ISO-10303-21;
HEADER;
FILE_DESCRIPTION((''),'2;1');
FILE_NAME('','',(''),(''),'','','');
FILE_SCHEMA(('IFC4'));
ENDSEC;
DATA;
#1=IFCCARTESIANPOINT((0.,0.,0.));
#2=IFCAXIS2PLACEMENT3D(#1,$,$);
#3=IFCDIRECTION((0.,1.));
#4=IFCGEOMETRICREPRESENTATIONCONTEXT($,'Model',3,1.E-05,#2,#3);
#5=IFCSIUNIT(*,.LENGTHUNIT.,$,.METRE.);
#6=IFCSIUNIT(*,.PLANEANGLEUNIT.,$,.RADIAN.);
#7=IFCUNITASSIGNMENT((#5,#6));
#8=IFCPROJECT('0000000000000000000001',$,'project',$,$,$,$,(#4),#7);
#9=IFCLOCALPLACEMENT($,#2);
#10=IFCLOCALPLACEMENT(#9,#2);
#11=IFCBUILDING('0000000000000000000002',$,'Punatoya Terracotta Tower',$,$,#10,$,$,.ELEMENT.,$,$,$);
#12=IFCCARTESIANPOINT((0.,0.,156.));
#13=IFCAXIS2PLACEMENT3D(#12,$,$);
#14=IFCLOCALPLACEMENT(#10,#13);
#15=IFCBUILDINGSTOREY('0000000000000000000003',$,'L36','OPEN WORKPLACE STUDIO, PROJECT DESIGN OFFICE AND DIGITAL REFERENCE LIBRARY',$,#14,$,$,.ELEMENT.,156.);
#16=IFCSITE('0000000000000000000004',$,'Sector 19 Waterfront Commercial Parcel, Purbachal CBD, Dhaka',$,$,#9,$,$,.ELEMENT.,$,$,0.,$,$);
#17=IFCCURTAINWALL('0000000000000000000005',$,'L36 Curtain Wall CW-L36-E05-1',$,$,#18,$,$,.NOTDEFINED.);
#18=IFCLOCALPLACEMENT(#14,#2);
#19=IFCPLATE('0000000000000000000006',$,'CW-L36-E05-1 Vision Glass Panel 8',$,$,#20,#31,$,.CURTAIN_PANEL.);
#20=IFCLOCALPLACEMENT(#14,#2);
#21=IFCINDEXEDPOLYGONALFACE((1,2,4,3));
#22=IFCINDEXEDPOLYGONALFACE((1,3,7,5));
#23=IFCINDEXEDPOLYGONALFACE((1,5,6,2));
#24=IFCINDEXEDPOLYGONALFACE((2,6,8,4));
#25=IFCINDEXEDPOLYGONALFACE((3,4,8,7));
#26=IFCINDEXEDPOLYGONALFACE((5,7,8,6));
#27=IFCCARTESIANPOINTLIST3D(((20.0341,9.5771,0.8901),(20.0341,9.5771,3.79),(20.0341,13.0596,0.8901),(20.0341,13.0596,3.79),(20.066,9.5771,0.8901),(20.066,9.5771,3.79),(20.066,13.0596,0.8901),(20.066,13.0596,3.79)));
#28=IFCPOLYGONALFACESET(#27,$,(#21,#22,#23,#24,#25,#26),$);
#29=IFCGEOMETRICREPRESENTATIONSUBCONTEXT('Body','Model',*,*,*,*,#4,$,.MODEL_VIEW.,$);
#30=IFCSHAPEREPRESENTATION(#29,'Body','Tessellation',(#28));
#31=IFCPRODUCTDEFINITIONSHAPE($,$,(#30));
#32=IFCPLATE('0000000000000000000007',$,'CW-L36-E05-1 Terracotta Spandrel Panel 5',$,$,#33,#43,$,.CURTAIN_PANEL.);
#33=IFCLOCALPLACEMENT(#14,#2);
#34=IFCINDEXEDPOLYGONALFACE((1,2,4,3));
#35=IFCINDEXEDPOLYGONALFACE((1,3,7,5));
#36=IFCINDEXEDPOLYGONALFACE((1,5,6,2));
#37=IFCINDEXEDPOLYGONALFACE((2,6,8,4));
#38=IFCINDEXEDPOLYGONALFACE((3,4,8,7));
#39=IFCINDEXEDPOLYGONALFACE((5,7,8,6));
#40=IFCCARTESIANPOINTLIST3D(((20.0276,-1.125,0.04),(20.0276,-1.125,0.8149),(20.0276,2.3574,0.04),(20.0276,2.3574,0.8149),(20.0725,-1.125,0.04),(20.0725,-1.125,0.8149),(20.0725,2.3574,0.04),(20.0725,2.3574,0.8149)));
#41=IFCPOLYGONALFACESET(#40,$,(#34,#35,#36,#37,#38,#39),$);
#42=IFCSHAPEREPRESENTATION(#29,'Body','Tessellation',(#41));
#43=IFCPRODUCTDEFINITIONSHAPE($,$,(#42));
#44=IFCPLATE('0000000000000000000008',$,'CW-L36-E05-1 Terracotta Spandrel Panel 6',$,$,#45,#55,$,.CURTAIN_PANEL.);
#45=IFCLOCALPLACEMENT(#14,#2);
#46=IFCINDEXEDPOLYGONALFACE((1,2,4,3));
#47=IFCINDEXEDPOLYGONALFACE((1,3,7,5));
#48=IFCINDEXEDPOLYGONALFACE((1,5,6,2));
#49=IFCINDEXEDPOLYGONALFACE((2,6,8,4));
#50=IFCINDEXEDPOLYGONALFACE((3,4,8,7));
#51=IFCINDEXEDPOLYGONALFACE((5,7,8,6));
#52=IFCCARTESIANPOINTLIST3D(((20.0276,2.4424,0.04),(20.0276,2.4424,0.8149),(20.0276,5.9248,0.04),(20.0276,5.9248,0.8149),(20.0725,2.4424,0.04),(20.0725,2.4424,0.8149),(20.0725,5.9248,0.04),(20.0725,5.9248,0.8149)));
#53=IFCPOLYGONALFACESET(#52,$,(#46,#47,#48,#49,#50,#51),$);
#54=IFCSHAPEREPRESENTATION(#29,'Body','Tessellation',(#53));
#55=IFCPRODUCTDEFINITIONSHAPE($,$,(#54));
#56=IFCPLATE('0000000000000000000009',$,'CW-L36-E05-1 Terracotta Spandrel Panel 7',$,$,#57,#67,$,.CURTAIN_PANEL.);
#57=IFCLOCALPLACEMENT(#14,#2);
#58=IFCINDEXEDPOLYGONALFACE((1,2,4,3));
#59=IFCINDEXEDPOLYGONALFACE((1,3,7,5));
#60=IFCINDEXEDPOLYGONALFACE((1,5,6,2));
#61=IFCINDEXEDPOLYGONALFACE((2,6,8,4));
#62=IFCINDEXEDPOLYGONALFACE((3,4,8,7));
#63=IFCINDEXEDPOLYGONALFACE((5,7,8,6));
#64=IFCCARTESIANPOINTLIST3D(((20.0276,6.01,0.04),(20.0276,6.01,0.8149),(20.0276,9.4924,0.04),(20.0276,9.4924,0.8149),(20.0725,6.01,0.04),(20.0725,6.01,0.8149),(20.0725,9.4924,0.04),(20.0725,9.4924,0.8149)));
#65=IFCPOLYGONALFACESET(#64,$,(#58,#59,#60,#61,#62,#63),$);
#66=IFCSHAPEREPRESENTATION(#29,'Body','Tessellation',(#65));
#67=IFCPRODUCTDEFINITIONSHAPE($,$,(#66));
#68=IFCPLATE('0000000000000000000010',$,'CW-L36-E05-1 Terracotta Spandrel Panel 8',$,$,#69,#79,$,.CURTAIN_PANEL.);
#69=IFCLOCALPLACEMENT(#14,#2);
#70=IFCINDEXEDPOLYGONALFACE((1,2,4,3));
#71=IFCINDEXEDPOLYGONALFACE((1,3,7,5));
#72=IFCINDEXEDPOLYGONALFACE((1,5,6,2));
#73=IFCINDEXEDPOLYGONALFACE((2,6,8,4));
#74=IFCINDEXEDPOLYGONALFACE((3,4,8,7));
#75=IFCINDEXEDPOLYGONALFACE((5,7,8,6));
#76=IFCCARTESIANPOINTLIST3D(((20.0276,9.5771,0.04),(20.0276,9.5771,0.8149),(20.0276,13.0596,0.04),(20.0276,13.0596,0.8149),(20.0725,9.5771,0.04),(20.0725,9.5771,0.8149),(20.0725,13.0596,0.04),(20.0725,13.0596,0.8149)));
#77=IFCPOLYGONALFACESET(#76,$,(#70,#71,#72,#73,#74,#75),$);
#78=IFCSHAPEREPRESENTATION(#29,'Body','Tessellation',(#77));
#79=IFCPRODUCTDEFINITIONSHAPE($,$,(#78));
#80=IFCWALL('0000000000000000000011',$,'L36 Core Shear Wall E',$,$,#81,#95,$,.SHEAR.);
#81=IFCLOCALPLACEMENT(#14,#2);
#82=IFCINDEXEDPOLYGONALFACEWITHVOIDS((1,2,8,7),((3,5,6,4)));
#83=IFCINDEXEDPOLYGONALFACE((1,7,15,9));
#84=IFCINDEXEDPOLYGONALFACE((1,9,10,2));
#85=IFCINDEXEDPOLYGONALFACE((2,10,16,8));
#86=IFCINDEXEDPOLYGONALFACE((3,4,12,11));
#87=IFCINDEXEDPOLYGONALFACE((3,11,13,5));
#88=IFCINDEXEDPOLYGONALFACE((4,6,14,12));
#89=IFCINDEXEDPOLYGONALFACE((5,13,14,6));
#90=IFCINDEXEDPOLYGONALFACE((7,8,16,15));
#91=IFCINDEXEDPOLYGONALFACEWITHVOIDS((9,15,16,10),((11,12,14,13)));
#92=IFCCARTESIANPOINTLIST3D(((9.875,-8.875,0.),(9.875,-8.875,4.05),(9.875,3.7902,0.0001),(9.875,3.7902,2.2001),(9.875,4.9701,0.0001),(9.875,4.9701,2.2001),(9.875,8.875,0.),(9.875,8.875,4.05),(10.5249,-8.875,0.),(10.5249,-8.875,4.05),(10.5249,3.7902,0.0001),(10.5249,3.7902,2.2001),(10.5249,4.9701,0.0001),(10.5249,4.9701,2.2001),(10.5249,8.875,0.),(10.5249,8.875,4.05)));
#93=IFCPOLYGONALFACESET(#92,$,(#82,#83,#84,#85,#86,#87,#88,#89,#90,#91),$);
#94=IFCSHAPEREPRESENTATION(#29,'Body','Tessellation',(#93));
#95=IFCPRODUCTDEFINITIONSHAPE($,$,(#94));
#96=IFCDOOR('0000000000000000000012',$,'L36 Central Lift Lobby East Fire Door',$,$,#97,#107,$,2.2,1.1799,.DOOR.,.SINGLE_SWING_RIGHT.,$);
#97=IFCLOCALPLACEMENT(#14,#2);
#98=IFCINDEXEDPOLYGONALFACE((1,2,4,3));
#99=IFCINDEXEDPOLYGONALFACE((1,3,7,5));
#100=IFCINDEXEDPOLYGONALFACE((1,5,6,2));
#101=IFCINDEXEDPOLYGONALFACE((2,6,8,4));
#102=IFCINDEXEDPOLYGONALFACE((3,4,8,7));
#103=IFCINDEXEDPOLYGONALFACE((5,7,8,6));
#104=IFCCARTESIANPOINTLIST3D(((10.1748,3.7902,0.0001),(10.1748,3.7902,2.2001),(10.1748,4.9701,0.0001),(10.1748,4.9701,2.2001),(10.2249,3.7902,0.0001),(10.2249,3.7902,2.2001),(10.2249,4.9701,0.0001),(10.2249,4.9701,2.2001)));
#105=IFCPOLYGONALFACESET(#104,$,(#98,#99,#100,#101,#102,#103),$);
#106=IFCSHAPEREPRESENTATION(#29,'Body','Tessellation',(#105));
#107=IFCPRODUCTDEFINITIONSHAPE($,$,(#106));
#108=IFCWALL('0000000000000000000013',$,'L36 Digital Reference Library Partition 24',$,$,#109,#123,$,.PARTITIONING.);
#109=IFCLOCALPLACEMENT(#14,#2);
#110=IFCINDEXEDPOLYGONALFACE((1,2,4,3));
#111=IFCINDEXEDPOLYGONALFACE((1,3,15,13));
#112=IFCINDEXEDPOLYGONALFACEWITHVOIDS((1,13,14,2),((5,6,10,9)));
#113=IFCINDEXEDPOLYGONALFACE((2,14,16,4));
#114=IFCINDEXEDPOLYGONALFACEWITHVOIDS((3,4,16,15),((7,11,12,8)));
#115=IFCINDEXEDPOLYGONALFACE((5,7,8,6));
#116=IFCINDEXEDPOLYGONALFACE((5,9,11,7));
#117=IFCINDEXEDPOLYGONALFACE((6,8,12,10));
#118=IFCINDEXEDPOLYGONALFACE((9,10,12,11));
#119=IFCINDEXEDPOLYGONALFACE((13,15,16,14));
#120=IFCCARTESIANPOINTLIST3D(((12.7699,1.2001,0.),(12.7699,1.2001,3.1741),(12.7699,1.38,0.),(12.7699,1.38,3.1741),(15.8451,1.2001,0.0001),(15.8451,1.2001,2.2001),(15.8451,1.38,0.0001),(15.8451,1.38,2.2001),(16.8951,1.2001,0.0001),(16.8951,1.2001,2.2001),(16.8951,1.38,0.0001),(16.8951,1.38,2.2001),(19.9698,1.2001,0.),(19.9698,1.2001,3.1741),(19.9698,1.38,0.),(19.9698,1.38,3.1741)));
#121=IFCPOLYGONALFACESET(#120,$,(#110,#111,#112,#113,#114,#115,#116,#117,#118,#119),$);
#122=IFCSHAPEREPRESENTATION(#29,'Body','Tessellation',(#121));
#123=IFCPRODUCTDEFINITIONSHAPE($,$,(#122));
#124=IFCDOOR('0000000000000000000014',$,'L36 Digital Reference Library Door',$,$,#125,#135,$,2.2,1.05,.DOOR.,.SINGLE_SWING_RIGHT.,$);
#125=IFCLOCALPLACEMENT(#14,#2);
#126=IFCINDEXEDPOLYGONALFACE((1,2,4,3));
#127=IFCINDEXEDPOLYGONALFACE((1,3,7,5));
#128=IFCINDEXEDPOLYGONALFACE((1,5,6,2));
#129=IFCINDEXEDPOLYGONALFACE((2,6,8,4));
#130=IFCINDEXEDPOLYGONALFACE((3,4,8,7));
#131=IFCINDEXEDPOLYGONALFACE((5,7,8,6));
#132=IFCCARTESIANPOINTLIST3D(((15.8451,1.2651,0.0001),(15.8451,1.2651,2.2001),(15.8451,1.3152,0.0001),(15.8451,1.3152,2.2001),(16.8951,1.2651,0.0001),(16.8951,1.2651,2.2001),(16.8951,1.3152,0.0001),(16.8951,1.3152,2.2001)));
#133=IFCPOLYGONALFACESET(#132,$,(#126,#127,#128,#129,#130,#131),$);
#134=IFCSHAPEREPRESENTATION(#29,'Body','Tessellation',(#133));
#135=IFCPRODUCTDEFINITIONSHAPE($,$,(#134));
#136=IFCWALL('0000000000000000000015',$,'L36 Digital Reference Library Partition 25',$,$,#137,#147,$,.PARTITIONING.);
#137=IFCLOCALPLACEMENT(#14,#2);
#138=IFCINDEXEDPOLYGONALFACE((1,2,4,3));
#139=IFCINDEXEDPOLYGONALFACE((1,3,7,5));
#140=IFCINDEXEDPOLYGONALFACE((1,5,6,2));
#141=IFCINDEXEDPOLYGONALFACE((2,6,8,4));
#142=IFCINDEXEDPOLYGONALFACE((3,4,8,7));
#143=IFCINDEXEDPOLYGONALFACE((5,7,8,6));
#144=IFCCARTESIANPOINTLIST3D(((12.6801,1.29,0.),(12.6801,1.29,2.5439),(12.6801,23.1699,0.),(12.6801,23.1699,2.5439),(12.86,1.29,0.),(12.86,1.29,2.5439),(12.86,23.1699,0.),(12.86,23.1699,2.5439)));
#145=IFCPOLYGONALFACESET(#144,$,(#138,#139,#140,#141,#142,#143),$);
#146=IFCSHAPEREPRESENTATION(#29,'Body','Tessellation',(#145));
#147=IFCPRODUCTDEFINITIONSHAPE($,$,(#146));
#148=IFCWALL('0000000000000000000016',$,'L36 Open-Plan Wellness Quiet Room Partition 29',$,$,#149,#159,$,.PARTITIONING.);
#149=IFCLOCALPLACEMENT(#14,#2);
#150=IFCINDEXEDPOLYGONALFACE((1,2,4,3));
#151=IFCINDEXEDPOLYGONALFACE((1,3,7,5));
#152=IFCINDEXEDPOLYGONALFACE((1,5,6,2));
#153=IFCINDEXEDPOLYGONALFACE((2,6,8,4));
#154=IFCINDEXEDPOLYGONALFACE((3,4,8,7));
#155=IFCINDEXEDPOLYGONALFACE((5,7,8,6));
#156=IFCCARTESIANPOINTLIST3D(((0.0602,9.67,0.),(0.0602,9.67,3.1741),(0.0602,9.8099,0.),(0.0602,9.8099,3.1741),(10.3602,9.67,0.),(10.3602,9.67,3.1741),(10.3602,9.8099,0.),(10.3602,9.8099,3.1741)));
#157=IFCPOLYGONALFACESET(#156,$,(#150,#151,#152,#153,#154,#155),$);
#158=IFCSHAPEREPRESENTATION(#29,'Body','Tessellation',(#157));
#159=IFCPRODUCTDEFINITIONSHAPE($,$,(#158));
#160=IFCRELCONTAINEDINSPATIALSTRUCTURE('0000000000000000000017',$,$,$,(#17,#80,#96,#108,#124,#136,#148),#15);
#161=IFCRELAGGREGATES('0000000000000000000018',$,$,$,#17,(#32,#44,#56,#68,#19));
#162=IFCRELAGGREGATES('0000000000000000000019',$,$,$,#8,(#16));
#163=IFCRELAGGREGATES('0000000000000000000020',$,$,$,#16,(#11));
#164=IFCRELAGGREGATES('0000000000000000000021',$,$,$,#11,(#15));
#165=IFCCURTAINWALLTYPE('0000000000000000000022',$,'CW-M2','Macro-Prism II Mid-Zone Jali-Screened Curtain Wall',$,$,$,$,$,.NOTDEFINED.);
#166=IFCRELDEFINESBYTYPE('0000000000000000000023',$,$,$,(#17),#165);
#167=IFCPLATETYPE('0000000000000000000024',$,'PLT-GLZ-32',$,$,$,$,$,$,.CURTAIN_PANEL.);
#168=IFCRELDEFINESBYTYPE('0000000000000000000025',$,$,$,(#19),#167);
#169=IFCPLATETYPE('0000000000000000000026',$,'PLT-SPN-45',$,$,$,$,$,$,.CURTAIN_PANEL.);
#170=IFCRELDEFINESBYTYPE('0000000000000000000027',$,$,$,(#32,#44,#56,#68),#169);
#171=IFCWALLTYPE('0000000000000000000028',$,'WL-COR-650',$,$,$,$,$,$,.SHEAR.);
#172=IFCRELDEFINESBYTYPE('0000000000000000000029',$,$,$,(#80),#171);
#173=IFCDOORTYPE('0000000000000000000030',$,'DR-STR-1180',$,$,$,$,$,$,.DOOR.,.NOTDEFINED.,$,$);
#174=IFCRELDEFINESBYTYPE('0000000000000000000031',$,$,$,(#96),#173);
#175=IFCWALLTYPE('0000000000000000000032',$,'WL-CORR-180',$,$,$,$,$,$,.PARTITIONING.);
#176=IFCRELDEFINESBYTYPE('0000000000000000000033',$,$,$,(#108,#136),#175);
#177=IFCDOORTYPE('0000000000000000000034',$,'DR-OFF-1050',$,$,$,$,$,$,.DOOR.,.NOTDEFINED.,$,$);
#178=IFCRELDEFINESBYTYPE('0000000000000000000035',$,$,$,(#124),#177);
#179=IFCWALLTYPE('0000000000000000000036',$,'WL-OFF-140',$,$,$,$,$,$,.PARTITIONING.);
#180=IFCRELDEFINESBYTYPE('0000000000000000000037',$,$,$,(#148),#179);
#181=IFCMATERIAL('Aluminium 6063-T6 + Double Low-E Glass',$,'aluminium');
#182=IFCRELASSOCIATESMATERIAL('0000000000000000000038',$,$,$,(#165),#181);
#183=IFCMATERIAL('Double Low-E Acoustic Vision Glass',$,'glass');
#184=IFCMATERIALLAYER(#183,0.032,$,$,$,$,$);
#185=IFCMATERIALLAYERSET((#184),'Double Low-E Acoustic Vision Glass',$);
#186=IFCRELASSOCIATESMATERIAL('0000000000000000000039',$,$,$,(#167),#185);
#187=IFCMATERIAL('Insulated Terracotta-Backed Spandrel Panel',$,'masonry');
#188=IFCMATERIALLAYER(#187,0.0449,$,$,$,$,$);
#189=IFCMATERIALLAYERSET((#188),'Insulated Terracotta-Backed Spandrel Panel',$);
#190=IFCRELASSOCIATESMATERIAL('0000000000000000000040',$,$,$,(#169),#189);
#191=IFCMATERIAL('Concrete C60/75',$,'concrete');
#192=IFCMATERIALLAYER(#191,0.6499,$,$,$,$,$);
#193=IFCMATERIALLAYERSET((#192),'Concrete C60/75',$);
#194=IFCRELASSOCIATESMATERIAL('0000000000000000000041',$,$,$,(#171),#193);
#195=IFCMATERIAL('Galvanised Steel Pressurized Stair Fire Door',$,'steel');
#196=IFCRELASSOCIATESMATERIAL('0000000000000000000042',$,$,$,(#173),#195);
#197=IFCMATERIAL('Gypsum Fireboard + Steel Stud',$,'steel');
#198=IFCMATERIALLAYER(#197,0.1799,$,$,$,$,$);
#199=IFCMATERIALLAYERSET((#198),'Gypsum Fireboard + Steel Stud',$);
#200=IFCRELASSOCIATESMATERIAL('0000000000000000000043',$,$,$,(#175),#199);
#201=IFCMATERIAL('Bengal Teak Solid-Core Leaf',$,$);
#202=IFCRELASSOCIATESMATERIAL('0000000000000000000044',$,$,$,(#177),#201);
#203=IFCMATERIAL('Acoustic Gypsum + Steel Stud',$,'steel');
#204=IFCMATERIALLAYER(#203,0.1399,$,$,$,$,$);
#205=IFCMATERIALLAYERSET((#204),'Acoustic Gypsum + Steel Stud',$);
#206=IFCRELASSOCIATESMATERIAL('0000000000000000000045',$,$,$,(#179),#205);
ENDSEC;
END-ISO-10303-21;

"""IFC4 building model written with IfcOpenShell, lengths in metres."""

from ifc_helpers import new_model, si_unit, direction, frame, frame_2d, origin, origin_2d, place, context, subcontext, project, spatial, rectangle, extrude, material, layer, layer_set, type_object, element, fill, aggregate, save


model = new_model("IFC4")

# Units and contexts
model_context = context("Model", 3, precision=1e-05, world=origin(), true_north=direction((0.0, 1.0)))
body_context = subcontext(model_context, "Body", "Model", "MODEL_VIEW")
ifc_project = project(units=[si_unit("LENGTHUNIT", "METRE"), si_unit("PLANEANGLEUNIT", "RADIAN")], contexts=[model_context])

# Site, building, storey
site_placement = place(None, origin())
site = spatial("IfcSite", under=ifc_project, at=site_placement, Name="Sector 19 Waterfront Commercial Parcel, Purbachal CBD, Dhaka", CompositionType="ELEMENT", RefElevation=0.0)
building_placement = place(site_placement, origin())
building = spatial("IfcBuilding", under=site, at=building_placement, Name="Punatoya Terracotta Tower", CompositionType="ELEMENT")
storey_placement = place(building_placement, frame((0.0, 0.0, 156.0)))
storey = spatial("IfcBuildingStorey", under=building, at=storey_placement, Name="L36", Description="OPEN WORKPLACE STUDIO, PROJECT DESIGN OFFICE AND DIGITAL REFERENCE LIBRARY", CompositionType="ELEMENT", Elevation=156.0)

# Curtain wall, plates
ifc_material_1 = material(Name="Aluminium 6063-T6 + Double Low-E Glass", Category="aluminium")
curtain_wall_type = type_object("IfcCurtainWallType", Name="CW-M2", Description="Macro-Prism II Mid-Zone Jali-Screened Curtain Wall", PredefinedType="NOTDEFINED", material=ifc_material_1)
curtain_wall_placement = place(storey_placement, origin())
curtain_wall = element("IfcCurtainWall", 1, at=curtain_wall_placement, inside=storey, type_object=curtain_wall_type, Name="L36 Curtain Wall CW-L36-E05-1", PredefinedType="NOTDEFINED")
ifc_material_2 = material(Name="Double Low-E Acoustic Vision Glass", Category="glass")
ifc_layer_1 = layer(ifc_material_2, 0.032)
ifc_layer_set_1 = layer_set([ifc_layer_1], Name="Double Low-E Acoustic Vision Glass")
plate_type_1 = type_object("IfcPlateType", Name="PLT-GLZ-32", PredefinedType="CURTAIN_PANEL", material=ifc_layer_set_1)
plate_1_placement = place(storey_placement, frame((20.05, 11.3184, 0.8901), z_axis=(0.0, 0.0, 1.0), x_axis=(0.0, 1.0, 0.0)))
plate_1 = element("IfcPlate", 2, at=plate_1_placement, type_object=plate_type_1, Name="CW-L36-E05-1 Vision Glass Panel 8", PredefinedType="CURTAIN_PANEL", context=body_context, shape_type="SweptSolid", body=[
    extrude(rectangle(XDim=3.4824, YDim=0.032, at=origin_2d()), origin(), (0.0, 0.0, 1.0), 2.8999),
])
ifc_material_3 = material(Name="Insulated Terracotta-Backed Spandrel Panel", Category="masonry")
ifc_layer_2 = layer(ifc_material_3, 0.0449)
ifc_layer_set_2 = layer_set([ifc_layer_2], Name="Insulated Terracotta-Backed Spandrel Panel")
plate_type_2 = type_object("IfcPlateType", Name="PLT-SPN-45", PredefinedType="CURTAIN_PANEL", material=ifc_layer_set_2)
plate_2_placement = place(storey_placement, frame((20.05, 0.6162, 0.04), z_axis=(0.0, 0.0, 1.0), x_axis=(0.0, 1.0, 0.0)))
plate_2 = element("IfcPlate", 3, at=plate_2_placement, type_object=plate_type_2, Name="CW-L36-E05-1 Terracotta Spandrel Panel 5", PredefinedType="CURTAIN_PANEL", context=body_context, shape_type="SweptSolid", body=[
    extrude(rectangle(XDim=3.4824, YDim=0.0449, at=origin_2d()), origin(), (0.0, 0.0, 1.0), 0.7749),
])
plate_3_placement = place(storey_placement, frame((20.05, 4.1836, 0.04), z_axis=(0.0, 0.0, 1.0), x_axis=(0.0, 1.0, 0.0)))
plate_3 = element("IfcPlate", 4, at=plate_3_placement, type_object=plate_type_2, Name="CW-L36-E05-1 Terracotta Spandrel Panel 6", PredefinedType="CURTAIN_PANEL", context=body_context, shape_type="SweptSolid", body=[
    extrude(rectangle(XDim=3.4824, YDim=0.0449, at=origin_2d()), origin(), (0.0, 0.0, 1.0), 0.7749),
])
plate_4_placement = place(storey_placement, frame((20.05, 7.7512, 0.04), z_axis=(0.0, 0.0, 1.0), x_axis=(0.0, 1.0, 0.0)))
plate_4 = element("IfcPlate", 5, at=plate_4_placement, type_object=plate_type_2, Name="CW-L36-E05-1 Terracotta Spandrel Panel 7", PredefinedType="CURTAIN_PANEL", context=body_context, shape_type="SweptSolid", body=[
    extrude(rectangle(XDim=3.4824, YDim=0.0449, at=origin_2d()), origin(), (0.0, 0.0, 1.0), 0.7749),
])
plate_5_placement = place(storey_placement, frame((20.05, 11.3184, 0.04), z_axis=(0.0, 0.0, 1.0), x_axis=(0.0, 1.0, 0.0)))
plate_5 = element("IfcPlate", 6, at=plate_5_placement, type_object=plate_type_2, Name="CW-L36-E05-1 Terracotta Spandrel Panel 8", PredefinedType="CURTAIN_PANEL", context=body_context, shape_type="SweptSolid", body=[
    extrude(rectangle(XDim=3.4824, YDim=0.0449, at=origin_2d()), origin(), (0.0, 0.0, 1.0), 0.7749),
])
aggregate(curtain_wall, [plate_2, plate_3, plate_4, plate_5, plate_1])

# Walls, openings, doors
ifc_material_4 = material(Name="Concrete C60/75", Category="concrete")
ifc_layer_3 = layer(ifc_material_4, 0.6499)
ifc_layer_set_3 = layer_set([ifc_layer_3], Name="Concrete C60/75")
wall_type_1 = type_object("IfcWallType", Name="WL-COR-650", PredefinedType="SHEAR", material=ifc_layer_set_3)
wall_1_placement = place(storey_placement, frame((10.2, 8.875, 0.0), z_axis=(0.0, 0.0, 1.0), x_axis=(0.0, -1.0, 0.0)))
wall_1 = element("IfcWall", 7, at=wall_1_placement, inside=storey, type_object=wall_type_1, Name="L36 Core Shear Wall E", PredefinedType="SHEAR", context=body_context, shape_type="SweptSolid", body=[
    extrude(rectangle(XDim=17.75, YDim=0.6499, at=frame_2d((8.875, 0.0))), origin(), (0.0, 0.0, 1.0), 4.05),
])
opening_1_placement = place(wall_1_placement, frame((3.905, 0.0, 0.0)))
opening_1 = element("IfcOpeningElement", 8, at=opening_1_placement, cuts=wall_1, PredefinedType="OPENING", context=body_context, shape_type="SweptSolid", body=[
    extrude(rectangle(XDim=1.1799, YDim=2.2, at=frame_2d((0.5898, 1.1001))), frame((0.0, 0.335, 0.0), z_axis=(0.0, -1.0, 0.0), x_axis=(1.0, 0.0, 0.0)), (0.0, 0.0, 1.0), 0.6699),
])
ifc_material_5 = material(Name="Galvanised Steel Pressurized Stair Fire Door", Category="steel")
door_type_1 = type_object("IfcDoorType", Name="DR-STR-1180", OperationType="NOTDEFINED", PredefinedType="DOOR", material=ifc_material_5)
door_1_placement = place(opening_1_placement, origin())
door_1 = element("IfcDoor", 9, at=door_1_placement, inside=storey, type_object=door_type_1, Name="L36 Central Lift Lobby East Fire Door", OperationType="SINGLE_SWING_RIGHT", OverallHeight=2.2, OverallWidth=1.1799, PredefinedType="DOOR", context=body_context, shape_type="SweptSolid", body=[
    extrude(rectangle(XDim=1.1799, YDim=2.2, at=frame_2d((0.5898, 1.1001))), frame((0.0, 0.0249, 0.0), z_axis=(0.0, -1.0, 0.0), x_axis=(1.0, 0.0, 0.0)), (0.0, 0.0, 1.0), 0.05),
])
fill(opening_1, door_1)
ifc_material_6 = material(Name="Gypsum Fireboard + Steel Stud", Category="steel")
ifc_layer_4 = layer(ifc_material_6, 0.1799)
ifc_layer_set_4 = layer_set([ifc_layer_4], Name="Gypsum Fireboard + Steel Stud")
wall_type_2 = type_object("IfcWallType", Name="WL-CORR-180", PredefinedType="PARTITIONING", material=ifc_layer_set_4)
wall_2_placement = place(storey_placement, frame((19.97, 1.29, 0.0), z_axis=(0.0, 0.0, 1.0), x_axis=(-1.0, 0.0, 0.0)))
wall_2 = element("IfcWall", 10, at=wall_2_placement, inside=storey, type_object=wall_type_2, Name="L36 Digital Reference Library Partition 24", PredefinedType="PARTITIONING", context=body_context, shape_type="SweptSolid", body=[
    extrude(rectangle(XDim=7.2, YDim=0.1799, at=frame_2d((3.6001, 0.0))), origin(), (0.0, 0.0, 1.0), 3.1741),
])
opening_2_placement = place(wall_2_placement, frame((3.075, 0.0, 0.0)))
opening_2 = element("IfcOpeningElement", 11, at=opening_2_placement, cuts=wall_2, PredefinedType="OPENING", context=body_context, shape_type="SweptSolid", body=[
    extrude(rectangle(XDim=1.05, YDim=2.2, at=frame_2d((0.5249, 1.1001))), frame((0.0, 0.0999, 0.0), z_axis=(0.0, -1.0, 0.0), x_axis=(1.0, 0.0, 0.0)), (0.0, 0.0, 1.0), 0.2),
])
ifc_material_7 = material(Name="Bengal Teak Solid-Core Leaf")
door_type_2 = type_object("IfcDoorType", Name="DR-OFF-1050", OperationType="NOTDEFINED", PredefinedType="DOOR", material=ifc_material_7)
door_2_placement = place(opening_2_placement, origin())
door_2 = element("IfcDoor", 12, at=door_2_placement, inside=storey, type_object=door_type_2, Name="L36 Digital Reference Library Door", OperationType="SINGLE_SWING_RIGHT", OverallHeight=2.2, OverallWidth=1.05, PredefinedType="DOOR", context=body_context, shape_type="SweptSolid", body=[
    extrude(rectangle(XDim=1.05, YDim=2.2, at=frame_2d((0.5249, 1.1001))), frame((0.0, 0.0249, 0.0), z_axis=(0.0, -1.0, 0.0), x_axis=(1.0, 0.0, 0.0)), (0.0, 0.0, 1.0), 0.05),
])
fill(opening_2, door_2)

# Walls
wall_3_placement = place(storey_placement, frame((12.77, 1.29, 0.0), z_axis=(0.0, 0.0, 1.0), x_axis=(0.0, 1.0, 0.0)))
element("IfcWall", 13, at=wall_3_placement, inside=storey, type_object=wall_type_2, Name="L36 Digital Reference Library Partition 25", PredefinedType="PARTITIONING", context=body_context, shape_type="SweptSolid", body=[
    extrude(rectangle(XDim=21.8799, YDim=0.1799, at=frame_2d((10.9399, 0.0))), origin(), (0.0, 0.0, 1.0), 2.5439),
])
ifc_material_8 = material(Name="Acoustic Gypsum + Steel Stud", Category="steel")
ifc_layer_5 = layer(ifc_material_8, 0.1399)
ifc_layer_set_5 = layer_set([ifc_layer_5], Name="Acoustic Gypsum + Steel Stud")
wall_type_3 = type_object("IfcWallType", Name="WL-OFF-140", PredefinedType="PARTITIONING", material=ifc_layer_set_5)
wall_4_placement = place(storey_placement, frame((10.3601, 9.74, 0.0), z_axis=(0.0, 0.0, 1.0), x_axis=(-1.0, 0.0, 0.0)))
element("IfcWall", 14, at=wall_4_placement, inside=storey, type_object=wall_type_3, Name="L36 Open-Plan Wellness Quiet Room Partition 29", PredefinedType="PARTITIONING", context=body_context, shape_type="SweptSolid", body=[
    extrude(rectangle(XDim=10.3, YDim=0.1399, at=frame_2d((5.1499, 0.0))), origin(), (0.0, 0.0, 1.0), 3.1741),
])

save(model, "model.ifc")
